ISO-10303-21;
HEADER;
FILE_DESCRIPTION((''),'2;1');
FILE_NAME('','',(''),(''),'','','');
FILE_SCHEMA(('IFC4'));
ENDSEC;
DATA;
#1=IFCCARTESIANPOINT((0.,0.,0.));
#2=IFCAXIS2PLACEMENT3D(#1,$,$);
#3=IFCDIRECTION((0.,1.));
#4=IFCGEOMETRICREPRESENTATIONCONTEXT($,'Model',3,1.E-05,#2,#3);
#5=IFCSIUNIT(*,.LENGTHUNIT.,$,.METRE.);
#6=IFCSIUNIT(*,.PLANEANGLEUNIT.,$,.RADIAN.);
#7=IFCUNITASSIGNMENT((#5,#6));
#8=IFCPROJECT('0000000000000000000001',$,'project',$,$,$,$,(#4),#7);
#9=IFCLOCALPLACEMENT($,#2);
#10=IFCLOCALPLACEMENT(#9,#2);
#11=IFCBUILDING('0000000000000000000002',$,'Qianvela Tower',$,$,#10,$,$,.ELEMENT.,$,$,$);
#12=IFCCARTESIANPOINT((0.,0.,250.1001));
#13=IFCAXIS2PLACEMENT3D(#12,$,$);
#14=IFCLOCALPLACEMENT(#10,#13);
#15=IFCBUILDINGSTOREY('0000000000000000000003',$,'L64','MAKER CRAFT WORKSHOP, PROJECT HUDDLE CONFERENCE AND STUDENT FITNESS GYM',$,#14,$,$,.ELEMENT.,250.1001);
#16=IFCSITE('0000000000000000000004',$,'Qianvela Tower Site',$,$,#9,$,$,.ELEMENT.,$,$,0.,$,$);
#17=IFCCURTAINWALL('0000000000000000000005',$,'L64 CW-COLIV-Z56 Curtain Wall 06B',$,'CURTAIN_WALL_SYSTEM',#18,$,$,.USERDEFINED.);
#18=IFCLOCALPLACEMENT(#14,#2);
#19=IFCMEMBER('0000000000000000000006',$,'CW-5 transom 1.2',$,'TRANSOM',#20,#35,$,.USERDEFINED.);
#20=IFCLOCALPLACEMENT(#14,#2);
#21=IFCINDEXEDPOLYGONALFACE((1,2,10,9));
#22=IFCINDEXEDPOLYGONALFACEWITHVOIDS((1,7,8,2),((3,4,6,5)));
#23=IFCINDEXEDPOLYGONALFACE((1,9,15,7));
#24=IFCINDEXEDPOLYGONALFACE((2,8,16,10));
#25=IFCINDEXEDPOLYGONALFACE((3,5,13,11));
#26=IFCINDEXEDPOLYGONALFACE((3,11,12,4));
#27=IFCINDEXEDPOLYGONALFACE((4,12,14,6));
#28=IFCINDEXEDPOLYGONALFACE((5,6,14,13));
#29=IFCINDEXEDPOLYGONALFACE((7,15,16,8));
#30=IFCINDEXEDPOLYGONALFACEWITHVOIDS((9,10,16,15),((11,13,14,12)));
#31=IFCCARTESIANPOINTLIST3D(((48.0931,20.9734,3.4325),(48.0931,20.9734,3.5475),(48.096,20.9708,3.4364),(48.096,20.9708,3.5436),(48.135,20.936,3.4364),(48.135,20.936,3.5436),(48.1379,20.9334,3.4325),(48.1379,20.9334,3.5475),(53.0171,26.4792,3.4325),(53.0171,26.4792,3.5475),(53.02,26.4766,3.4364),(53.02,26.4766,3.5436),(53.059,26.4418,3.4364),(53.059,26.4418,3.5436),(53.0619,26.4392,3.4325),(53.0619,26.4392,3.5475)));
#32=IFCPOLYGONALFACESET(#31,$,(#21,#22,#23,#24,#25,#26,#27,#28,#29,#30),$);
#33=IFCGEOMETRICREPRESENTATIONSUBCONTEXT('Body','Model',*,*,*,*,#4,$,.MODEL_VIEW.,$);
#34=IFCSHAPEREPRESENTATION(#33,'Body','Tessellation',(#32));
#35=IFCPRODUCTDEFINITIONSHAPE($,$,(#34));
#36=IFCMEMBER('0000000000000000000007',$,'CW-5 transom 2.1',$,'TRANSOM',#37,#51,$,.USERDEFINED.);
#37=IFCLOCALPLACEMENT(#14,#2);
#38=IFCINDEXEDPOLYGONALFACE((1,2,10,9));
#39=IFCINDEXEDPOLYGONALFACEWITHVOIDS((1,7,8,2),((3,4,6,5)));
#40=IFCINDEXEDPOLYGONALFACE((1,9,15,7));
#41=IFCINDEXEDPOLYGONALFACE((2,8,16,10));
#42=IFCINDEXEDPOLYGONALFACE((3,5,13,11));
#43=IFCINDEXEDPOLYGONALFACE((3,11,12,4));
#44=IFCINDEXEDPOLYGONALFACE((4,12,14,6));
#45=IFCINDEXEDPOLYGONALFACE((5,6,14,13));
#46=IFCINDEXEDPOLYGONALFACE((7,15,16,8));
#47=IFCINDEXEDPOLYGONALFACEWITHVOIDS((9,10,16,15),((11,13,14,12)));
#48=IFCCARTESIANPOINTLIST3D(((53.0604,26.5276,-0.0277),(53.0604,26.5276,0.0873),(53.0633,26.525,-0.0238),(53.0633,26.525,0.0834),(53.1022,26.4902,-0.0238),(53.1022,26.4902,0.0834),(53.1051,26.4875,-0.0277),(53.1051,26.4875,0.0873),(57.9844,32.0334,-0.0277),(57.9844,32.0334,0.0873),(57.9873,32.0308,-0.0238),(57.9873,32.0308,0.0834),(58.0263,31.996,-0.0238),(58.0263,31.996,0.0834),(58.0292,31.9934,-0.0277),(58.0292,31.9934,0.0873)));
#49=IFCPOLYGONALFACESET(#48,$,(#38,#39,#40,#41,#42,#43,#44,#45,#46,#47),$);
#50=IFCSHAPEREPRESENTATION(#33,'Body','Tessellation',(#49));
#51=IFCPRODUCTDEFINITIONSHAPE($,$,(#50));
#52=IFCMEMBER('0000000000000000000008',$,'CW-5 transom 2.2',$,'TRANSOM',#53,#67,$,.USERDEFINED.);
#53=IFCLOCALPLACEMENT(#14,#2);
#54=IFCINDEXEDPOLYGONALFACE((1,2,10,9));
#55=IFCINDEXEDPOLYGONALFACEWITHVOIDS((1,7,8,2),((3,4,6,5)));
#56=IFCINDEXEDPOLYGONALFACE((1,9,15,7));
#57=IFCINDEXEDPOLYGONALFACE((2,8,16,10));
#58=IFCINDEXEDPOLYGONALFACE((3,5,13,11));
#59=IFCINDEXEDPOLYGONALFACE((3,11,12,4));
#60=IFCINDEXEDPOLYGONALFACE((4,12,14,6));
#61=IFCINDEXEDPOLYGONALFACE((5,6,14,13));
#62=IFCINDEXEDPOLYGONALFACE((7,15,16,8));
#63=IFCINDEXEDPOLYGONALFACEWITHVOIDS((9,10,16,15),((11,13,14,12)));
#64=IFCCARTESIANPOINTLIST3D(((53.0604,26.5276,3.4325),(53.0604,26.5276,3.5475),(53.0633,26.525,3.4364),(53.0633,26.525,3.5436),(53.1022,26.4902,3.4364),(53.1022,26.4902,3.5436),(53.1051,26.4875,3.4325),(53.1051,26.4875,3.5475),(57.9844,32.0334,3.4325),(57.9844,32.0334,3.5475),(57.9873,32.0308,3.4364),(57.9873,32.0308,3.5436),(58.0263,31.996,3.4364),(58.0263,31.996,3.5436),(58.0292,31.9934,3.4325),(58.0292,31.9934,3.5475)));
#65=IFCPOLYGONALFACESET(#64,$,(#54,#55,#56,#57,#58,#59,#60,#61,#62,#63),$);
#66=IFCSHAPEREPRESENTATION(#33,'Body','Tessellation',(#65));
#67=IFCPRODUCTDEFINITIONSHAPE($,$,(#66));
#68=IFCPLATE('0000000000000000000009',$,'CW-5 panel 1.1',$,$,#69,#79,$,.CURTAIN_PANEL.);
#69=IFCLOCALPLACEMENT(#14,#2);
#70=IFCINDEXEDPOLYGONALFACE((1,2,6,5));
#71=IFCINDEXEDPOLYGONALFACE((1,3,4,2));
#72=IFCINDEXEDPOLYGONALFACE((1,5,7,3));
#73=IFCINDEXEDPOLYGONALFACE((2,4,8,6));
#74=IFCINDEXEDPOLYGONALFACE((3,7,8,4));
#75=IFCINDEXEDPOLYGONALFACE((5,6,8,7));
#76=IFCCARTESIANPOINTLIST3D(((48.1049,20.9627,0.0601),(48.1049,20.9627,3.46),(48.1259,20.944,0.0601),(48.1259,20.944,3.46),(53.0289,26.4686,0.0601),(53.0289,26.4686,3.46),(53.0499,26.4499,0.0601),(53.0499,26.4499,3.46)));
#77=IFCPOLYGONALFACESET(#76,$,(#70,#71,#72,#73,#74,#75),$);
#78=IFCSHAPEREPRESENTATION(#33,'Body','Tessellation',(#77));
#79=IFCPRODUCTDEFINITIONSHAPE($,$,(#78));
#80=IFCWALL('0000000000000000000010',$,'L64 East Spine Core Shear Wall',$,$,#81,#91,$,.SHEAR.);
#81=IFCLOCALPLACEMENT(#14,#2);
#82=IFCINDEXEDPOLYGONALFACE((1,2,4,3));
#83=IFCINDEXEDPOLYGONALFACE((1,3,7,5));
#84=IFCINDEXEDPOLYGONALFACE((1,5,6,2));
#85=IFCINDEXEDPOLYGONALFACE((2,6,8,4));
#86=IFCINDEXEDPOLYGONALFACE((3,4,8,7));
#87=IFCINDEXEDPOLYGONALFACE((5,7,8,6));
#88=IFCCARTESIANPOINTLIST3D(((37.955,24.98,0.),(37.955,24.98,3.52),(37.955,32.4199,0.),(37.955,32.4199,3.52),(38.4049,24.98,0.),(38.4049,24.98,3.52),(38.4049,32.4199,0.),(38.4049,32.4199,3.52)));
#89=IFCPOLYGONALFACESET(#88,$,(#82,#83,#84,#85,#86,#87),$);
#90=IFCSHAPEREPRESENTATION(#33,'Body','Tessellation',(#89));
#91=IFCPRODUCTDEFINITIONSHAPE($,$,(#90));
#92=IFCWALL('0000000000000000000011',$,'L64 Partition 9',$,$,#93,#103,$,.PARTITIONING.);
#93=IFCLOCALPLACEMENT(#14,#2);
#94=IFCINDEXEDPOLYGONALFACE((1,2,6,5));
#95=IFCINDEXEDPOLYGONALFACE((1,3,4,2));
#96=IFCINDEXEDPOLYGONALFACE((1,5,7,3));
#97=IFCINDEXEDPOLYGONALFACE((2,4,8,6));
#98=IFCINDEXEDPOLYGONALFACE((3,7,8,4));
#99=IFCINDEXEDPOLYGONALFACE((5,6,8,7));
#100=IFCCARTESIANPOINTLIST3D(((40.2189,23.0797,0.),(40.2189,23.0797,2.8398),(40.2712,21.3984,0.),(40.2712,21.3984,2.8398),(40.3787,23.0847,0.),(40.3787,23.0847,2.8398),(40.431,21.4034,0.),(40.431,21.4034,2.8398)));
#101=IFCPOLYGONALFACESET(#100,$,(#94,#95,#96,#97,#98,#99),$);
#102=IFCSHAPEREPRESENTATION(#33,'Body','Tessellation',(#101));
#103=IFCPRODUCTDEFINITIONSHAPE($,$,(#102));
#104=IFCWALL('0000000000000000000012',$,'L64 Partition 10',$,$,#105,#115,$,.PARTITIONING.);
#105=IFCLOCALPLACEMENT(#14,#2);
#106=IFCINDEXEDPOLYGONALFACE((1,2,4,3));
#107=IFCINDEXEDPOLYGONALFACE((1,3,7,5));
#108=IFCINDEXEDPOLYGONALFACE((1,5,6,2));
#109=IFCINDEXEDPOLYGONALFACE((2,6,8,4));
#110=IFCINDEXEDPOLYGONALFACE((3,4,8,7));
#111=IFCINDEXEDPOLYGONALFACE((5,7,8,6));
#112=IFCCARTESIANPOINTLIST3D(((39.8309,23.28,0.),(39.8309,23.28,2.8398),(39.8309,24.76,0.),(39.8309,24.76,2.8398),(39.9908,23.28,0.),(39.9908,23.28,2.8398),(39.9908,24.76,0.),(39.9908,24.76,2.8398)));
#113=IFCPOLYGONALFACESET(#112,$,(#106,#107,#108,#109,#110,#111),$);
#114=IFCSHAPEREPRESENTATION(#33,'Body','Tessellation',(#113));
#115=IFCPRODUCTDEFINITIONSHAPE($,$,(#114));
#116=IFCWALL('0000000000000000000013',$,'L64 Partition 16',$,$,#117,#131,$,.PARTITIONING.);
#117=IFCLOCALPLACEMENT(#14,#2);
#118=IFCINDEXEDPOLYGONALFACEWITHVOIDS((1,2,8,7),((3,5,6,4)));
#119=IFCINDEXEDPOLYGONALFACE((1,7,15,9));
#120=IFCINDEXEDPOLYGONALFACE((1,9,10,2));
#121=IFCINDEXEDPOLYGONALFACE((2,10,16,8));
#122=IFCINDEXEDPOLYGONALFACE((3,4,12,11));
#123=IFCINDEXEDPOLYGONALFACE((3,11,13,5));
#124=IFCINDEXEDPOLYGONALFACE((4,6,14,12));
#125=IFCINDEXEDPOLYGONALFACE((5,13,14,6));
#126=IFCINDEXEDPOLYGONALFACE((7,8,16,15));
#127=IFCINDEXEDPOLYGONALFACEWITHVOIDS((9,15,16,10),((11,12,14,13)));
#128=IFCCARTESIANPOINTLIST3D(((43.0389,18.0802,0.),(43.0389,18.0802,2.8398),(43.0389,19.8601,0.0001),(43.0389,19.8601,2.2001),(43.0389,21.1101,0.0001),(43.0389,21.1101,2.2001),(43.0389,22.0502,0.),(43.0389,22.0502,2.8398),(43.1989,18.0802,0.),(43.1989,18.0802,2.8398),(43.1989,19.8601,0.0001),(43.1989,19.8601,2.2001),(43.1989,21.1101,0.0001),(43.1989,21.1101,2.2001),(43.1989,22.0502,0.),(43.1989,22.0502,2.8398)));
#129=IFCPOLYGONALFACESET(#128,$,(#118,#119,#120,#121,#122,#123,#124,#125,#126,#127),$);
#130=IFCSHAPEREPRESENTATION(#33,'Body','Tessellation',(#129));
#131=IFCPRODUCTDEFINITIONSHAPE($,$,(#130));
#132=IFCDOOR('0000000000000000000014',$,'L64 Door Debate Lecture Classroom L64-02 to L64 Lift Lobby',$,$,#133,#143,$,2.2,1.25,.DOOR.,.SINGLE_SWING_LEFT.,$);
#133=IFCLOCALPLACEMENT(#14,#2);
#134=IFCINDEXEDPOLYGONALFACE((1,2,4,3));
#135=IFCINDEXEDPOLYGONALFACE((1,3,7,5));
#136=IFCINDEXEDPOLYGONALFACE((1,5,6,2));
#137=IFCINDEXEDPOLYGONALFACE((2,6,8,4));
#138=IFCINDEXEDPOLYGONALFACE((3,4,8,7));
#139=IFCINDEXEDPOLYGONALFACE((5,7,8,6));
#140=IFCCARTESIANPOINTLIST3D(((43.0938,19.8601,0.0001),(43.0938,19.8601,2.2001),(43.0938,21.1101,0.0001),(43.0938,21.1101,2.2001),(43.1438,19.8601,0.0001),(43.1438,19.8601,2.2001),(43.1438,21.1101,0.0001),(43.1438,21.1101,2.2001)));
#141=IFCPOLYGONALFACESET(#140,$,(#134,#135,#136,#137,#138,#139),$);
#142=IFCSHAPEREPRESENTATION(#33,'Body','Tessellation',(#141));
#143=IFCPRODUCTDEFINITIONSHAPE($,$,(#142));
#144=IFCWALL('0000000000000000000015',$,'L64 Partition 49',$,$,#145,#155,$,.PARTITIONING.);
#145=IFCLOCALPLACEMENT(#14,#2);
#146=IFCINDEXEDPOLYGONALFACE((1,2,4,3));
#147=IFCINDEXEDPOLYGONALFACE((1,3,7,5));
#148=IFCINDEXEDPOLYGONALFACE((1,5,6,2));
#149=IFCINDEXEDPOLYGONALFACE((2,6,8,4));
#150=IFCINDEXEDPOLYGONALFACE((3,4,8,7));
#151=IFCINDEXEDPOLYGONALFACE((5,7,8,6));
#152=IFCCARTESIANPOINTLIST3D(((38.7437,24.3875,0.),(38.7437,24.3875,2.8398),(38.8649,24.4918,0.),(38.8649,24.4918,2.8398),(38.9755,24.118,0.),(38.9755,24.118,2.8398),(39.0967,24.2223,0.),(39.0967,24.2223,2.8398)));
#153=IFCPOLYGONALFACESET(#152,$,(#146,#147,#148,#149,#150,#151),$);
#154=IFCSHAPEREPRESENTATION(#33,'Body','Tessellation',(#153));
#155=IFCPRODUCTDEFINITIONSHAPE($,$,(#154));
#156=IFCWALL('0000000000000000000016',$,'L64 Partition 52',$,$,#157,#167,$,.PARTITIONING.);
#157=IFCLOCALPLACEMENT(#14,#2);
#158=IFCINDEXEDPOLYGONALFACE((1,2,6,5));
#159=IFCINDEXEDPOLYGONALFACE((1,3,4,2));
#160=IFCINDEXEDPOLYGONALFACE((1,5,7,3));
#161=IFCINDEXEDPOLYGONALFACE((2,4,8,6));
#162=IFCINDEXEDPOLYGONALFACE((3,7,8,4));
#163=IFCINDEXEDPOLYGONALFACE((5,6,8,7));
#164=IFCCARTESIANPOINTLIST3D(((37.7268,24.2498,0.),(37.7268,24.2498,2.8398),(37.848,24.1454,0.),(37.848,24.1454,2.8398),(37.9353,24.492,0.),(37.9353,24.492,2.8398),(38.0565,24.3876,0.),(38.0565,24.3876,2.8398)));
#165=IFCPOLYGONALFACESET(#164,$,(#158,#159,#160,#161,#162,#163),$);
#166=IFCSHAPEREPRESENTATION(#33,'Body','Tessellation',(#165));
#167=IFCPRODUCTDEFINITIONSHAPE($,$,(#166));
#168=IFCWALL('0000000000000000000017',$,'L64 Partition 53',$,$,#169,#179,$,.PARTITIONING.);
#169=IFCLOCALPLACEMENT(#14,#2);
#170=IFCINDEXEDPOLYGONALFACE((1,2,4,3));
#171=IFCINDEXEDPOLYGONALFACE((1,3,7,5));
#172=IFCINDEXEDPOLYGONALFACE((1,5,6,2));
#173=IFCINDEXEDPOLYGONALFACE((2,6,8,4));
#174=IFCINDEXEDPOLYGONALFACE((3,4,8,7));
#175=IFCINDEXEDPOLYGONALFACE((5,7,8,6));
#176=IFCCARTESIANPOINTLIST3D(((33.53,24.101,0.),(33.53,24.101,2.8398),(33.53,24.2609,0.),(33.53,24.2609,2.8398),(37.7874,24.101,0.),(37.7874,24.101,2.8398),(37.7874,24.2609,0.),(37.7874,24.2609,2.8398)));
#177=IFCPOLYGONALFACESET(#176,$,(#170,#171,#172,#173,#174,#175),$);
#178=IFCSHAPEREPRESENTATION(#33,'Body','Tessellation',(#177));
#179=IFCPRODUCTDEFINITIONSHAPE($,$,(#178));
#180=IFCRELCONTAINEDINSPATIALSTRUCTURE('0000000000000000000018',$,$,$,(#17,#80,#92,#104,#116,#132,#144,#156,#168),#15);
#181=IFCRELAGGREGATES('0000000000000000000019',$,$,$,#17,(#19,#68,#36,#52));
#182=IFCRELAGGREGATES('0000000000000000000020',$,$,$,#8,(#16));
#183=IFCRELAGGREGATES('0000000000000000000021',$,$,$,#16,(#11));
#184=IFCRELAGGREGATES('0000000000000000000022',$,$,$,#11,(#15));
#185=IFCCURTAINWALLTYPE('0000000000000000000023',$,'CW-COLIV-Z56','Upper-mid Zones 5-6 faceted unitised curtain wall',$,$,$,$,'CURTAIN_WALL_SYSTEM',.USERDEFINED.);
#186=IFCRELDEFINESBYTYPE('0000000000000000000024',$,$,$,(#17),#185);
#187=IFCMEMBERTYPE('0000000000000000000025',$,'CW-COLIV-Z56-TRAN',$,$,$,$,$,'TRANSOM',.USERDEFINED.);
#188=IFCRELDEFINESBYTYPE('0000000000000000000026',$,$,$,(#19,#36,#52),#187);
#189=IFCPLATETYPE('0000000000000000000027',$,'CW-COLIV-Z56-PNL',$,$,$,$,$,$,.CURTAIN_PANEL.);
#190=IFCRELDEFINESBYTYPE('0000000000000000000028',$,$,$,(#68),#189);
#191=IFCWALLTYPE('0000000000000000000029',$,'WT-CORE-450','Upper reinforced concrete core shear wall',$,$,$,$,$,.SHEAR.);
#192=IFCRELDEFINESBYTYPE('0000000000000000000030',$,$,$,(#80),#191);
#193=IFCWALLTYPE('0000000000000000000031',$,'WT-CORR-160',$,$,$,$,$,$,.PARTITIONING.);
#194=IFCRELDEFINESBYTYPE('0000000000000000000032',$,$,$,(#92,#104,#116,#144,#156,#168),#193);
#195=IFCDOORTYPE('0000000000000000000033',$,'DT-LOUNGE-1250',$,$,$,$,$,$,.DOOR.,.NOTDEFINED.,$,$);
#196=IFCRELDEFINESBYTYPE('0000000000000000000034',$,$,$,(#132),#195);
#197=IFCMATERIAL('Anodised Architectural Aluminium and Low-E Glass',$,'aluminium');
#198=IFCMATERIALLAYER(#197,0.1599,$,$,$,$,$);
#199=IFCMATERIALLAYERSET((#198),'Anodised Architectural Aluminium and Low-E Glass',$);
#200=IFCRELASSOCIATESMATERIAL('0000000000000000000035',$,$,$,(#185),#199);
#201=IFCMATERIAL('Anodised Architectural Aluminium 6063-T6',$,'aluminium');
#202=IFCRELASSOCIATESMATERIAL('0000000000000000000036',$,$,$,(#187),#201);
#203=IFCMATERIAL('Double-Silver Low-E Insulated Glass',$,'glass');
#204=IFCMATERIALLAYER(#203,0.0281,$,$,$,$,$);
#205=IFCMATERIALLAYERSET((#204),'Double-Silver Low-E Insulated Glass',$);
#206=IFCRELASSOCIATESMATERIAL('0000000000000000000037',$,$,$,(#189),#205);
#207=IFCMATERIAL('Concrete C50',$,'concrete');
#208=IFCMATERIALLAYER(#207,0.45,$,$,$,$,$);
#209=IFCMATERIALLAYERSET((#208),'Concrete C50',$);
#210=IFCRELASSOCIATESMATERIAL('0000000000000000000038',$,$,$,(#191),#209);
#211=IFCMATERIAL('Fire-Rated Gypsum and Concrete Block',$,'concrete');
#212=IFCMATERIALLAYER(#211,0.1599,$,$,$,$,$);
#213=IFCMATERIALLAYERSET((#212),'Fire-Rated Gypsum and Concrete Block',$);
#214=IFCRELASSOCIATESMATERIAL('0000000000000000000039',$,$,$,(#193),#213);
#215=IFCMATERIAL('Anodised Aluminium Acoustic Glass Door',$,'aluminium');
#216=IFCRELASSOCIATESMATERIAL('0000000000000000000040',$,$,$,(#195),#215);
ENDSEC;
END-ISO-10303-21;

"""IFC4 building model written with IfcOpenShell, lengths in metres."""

from ifc_helpers import new_model, si_unit, direction, frame, frame_2d, origin, origin_2d, place, context, subcontext, project, spatial, rectangle, hollow_rectangle, extrude, material, layer, layer_set, material_profile, profile_set, type_object, element, fill, aggregate, save


model = new_model("IFC4")

# Units and contexts
model_context = context("Model", 3, precision=1e-05, world=origin(), true_north=direction((0.0, 1.0)))
body_context = subcontext(model_context, "Body", "Model", "MODEL_VIEW")
ifc_project = project(units=[si_unit("LENGTHUNIT", "METRE"), si_unit("PLANEANGLEUNIT", "RADIAN")], contexts=[model_context])

# Site, building, storey
site_placement = place(None, origin())
site = spatial("IfcSite", under=ifc_project, at=site_placement, Name="Qianvela Tower Site", CompositionType="ELEMENT", RefElevation=0.0)
building_placement = place(site_placement, origin())
building = spatial("IfcBuilding", under=site, at=building_placement, Name="Qianvela Tower", CompositionType="ELEMENT")
storey_placement = place(building_placement, frame((0.0, 0.0, 250.1001)))
storey = spatial("IfcBuildingStorey", under=building, at=storey_placement, Name="L64", Description="MAKER CRAFT WORKSHOP, PROJECT HUDDLE CONFERENCE AND STUDENT FITNESS GYM", CompositionType="ELEMENT", Elevation=250.1001)

# Curtain wall, members, plate
ifc_material_1 = material(Name="Anodised Architectural Aluminium and Low-E Glass", Category="aluminium")
ifc_layer_1 = layer(ifc_material_1, 0.1599)
ifc_layer_set_1 = layer_set([ifc_layer_1], Name="Anodised Architectural Aluminium and Low-E Glass")
curtain_wall_type_1 = type_object("IfcCurtainWallType", Name="CW-COLIV-Z56", Description="Upper-mid Zones 5-6 faceted unitised curtain wall", ElementType="CURTAIN_WALL_SYSTEM", PredefinedType="USERDEFINED", material=ifc_layer_set_1)
curtain_wall_1_placement = place(storey_placement, origin())
curtain_wall_1 = element("IfcCurtainWall", 1, at=curtain_wall_1_placement, inside=storey, type_object=curtain_wall_type_1, Name="L64 CW-COLIV-Z56 Curtain Wall 06B", ObjectType="CURTAIN_WALL_SYSTEM", PredefinedType="USERDEFINED")
ifc_material_2 = material(Name="Anodised Architectural Aluminium 6063-T6", Category="aluminium")
ifc_material_profile_1 = material_profile(ifc_material_2, hollow_rectangle(XDim=0.0601, YDim=0.115, WallThickness=0.0039, at=origin_2d()), Name="ALU-TRAN-60x115")
ifc_profile_set_1 = profile_set([ifc_material_profile_1], Name="Anodised Architectural Aluminium 6063-T6")
member_type_1 = type_object("IfcMemberType", Name="CW-COLIV-Z56-TRAN", ElementType="TRANSOM", PredefinedType="USERDEFINED", material=ifc_profile_set_1)
member_1_placement = place(storey_placement, frame((48.1155, 20.9534, 3.49), z_axis=(0.666628, 0.745391, 0.0), x_axis=(-0.745391, 0.666628, 0.0)))
member_1 = element("IfcMember", 2, at=member_1_placement, type_object=member_type_1, Name="CW-5 transom 1.2", ObjectType="TRANSOM", PredefinedType="USERDEFINED", context=body_context, shape_type="SweptSolid", body=[
    extrude(hollow_rectangle(XDim=0.0601, YDim=0.115, WallThickness=0.0039, at=origin_2d()), origin(), (0.0, 0.0, 1.0), 7.3865),
])
member_2_placement = place(storey_placement, frame((53.0828, 26.5076, 0.0298), z_axis=(0.666628, 0.745391, 0.0), x_axis=(-0.745391, 0.666628, 0.0)))
member_2 = element("IfcMember", 3, at=member_2_placement, type_object=member_type_1, Name="CW-5 transom 2.1", ObjectType="TRANSOM", PredefinedType="USERDEFINED", context=body_context, shape_type="SweptSolid", body=[
    extrude(hollow_rectangle(XDim=0.0601, YDim=0.115, WallThickness=0.0039, at=origin_2d()), origin(), (0.0, 0.0, 1.0), 7.3865),
])
member_3_placement = place(storey_placement, frame((53.0828, 26.5076, 3.49), z_axis=(0.666628, 0.745391, 0.0), x_axis=(-0.745391, 0.666628, 0.0)))
member_3 = element("IfcMember", 4, at=member_3_placement, type_object=member_type_1, Name="CW-5 transom 2.2", ObjectType="TRANSOM", PredefinedType="USERDEFINED", context=body_context, shape_type="SweptSolid", body=[
    extrude(hollow_rectangle(XDim=0.0601, YDim=0.115, WallThickness=0.0039, at=origin_2d()), origin(), (0.0, 0.0, 1.0), 7.3865),
])
ifc_material_3 = material(Name="Double-Silver Low-E Insulated Glass", Category="glass")
ifc_layer_2 = layer(ifc_material_3, 0.0281)
ifc_layer_set_2 = layer_set([ifc_layer_2], Name="Double-Silver Low-E Insulated Glass")
plate_type = type_object("IfcPlateType", Name="CW-COLIV-Z56-PNL", PredefinedType="CURTAIN_PANEL", material=ifc_layer_set_2)
plate_placement = place(storey_placement, frame((50.5774, 23.7063, 0.0601), z_axis=(0.0, 0.0, 1.0), x_axis=(0.666625, 0.745394, 0.0)))
plate = element("IfcPlate", 5, at=plate_placement, type_object=plate_type, Name="CW-5 panel 1.1", PredefinedType="CURTAIN_PANEL", context=body_context, shape_type="SweptSolid", body=[
    extrude(rectangle(XDim=7.3865, YDim=0.0281, at=origin_2d()), origin(), (0.0, 0.0, 1.0), 3.3999),
])
aggregate(curtain_wall_1, [member_1, plate, member_2, member_3])

# Walls
ifc_material_4 = material(Name="Concrete C50", Category="concrete")
ifc_layer_3 = layer(ifc_material_4, 0.45)
ifc_layer_set_3 = layer_set([ifc_layer_3], Name="Concrete C50")
wall_type_1 = type_object("IfcWallType", Name="WT-CORE-450", Description="Upper reinforced concrete core shear wall", PredefinedType="SHEAR", material=ifc_layer_set_3)
wall_1_placement = place(storey_placement, frame((38.1799, 24.98, 0.0), z_axis=(0.0, 0.0, 1.0), x_axis=(0.0, 1.0, 0.0)))
element("IfcWall", 6, at=wall_1_placement, inside=storey, type_object=wall_type_1, Name="L64 East Spine Core Shear Wall", PredefinedType="SHEAR", context=body_context, shape_type="SweptSolid", body=[
    extrude(rectangle(XDim=7.4399, YDim=0.45, at=frame_2d((3.72, 0.0))), origin(), (0.0, 0.0, 1.0), 3.52),
])
ifc_material_5 = material(Name="Fire-Rated Gypsum and Concrete Block", Category="concrete")
ifc_layer_4 = layer(ifc_material_5, 0.1599)
ifc_layer_set_4 = layer_set([ifc_layer_4], Name="Fire-Rated Gypsum and Concrete Block")
wall_type_2 = type_object("IfcWallType", Name="WT-CORR-160", PredefinedType="PARTITIONING", material=ifc_layer_set_4)
wall_2_placement = place(storey_placement, frame((40.3511, 21.4009, 0.0), z_axis=(0.0, 0.0, 1.0), x_axis=(-0.031058, 0.999518, 0.0)))
element("IfcWall", 7, at=wall_2_placement, inside=storey, type_object=wall_type_2, Name="L64 Partition 9", PredefinedType="PARTITIONING", context=body_context, shape_type="SweptSolid", body=[
    extrude(rectangle(XDim=1.6821, YDim=0.1599, at=frame_2d((0.8411, 0.0))), origin(), (0.0, 0.0, 1.0), 2.8398),
])
wall_3_placement = place(storey_placement, frame((39.9109, 23.28, 0.0), z_axis=(0.0, 0.0, 1.0), x_axis=(0.0, 1.0, 0.0)))
element("IfcWall", 8, at=wall_3_placement, inside=storey, type_object=wall_type_2, Name="L64 Partition 10", PredefinedType="PARTITIONING", context=body_context, shape_type="SweptSolid", body=[
    extrude(rectangle(XDim=1.48, YDim=0.1599, at=frame_2d((0.74, 0.0))), origin(), (0.0, 0.0, 1.0), 2.8398),
])

# Wall, opening, door
wall_4_placement = place(storey_placement, frame((43.1189, 22.05, 0.0), z_axis=(0.0, 0.0, 1.0), x_axis=(0.0, -1.0, 0.0)))
wall_4 = element("IfcWall", 9, at=wall_4_placement, inside=storey, type_object=wall_type_2, Name="L64 Partition 16", PredefinedType="PARTITIONING", context=body_context, shape_type="SweptSolid", body=[
    extrude(rectangle(XDim=3.97, YDim=0.1599, at=frame_2d((1.9849, 0.0))), origin(), (0.0, 0.0, 1.0), 2.8398),
])
opening_1_placement = place(wall_4_placement, frame((0.9399, 0.0, 0.0)))
opening_1 = element("IfcOpeningElement", 10, at=opening_1_placement, cuts=wall_4, PredefinedType="OPENING", context=body_context, shape_type="SweptSolid", body=[
    extrude(rectangle(XDim=1.25, YDim=2.2, at=frame_2d((0.625, 1.1001))), frame((0.0, 0.0898, 0.0), z_axis=(0.0, -1.0, 0.0), x_axis=(1.0, 0.0, 0.0)), (0.0, 0.0, 1.0), 0.1799),
])
ifc_material_6 = material(Name="Anodised Aluminium Acoustic Glass Door", Category="aluminium")
door_type_1 = type_object("IfcDoorType", Name="DT-LOUNGE-1250", OperationType="NOTDEFINED", PredefinedType="DOOR", material=ifc_material_6)
door_1_placement = place(opening_1_placement, origin())
door_1 = element("IfcDoor", 11, at=door_1_placement, inside=storey, type_object=door_type_1, Name="L64 Door Debate Lecture Classroom L64-02 to L64 Lift Lobby", OperationType="SINGLE_SWING_LEFT", OverallHeight=2.2, OverallWidth=1.25, PredefinedType="DOOR", context=body_context, shape_type="SweptSolid", body=[
    extrude(rectangle(XDim=1.25, YDim=2.2, at=frame_2d((0.625, 1.1001))), frame((0.0, 0.0249, 0.0), z_axis=(0.0, -1.0, 0.0), x_axis=(1.0, 0.0, 0.0)), (0.0, 0.0, 1.0), 0.05),
])
fill(opening_1, door_1)

# Walls
wall_5_placement = place(storey_placement, frame((39.0361, 24.1702, 0.0), z_axis=(0.0, 0.0, 1.0), x_axis=(-0.65226, 0.757995, 0.0)))
element("IfcWall", 12, at=wall_5_placement, inside=storey, type_object=wall_type_2, Name="L64 Partition 49", PredefinedType="PARTITIONING", context=body_context, shape_type="SweptSolid", body=[
    extrude(rectangle(XDim=0.3555, YDim=0.1599, at=frame_2d((0.1777, 0.0))), origin(), (0.0, 0.0, 1.0), 2.8398),
])
wall_6_placement = place(storey_placement, frame((37.9958, 24.4397, 0.0), z_axis=(0.0, 0.0, 1.0), x_axis=(-0.652426, -0.757853, 0.0)))
element("IfcWall", 13, at=wall_6_placement, inside=storey, type_object=wall_type_2, Name="L64 Partition 52", PredefinedType="PARTITIONING", context=body_context, shape_type="SweptSolid", body=[
    extrude(rectangle(XDim=0.3196, YDim=0.1599, at=frame_2d((0.1597, 0.0))), origin(), (0.0, 0.0, 1.0), 2.8398),
])
wall_7_placement = place(storey_placement, frame((37.7874, 24.1809, 0.0), z_axis=(0.0, 0.0, 1.0), x_axis=(-1.0, 0.0, 0.0)))
element("IfcWall", 14, at=wall_7_placement, inside=storey, type_object=wall_type_2, Name="L64 Partition 53", PredefinedType="PARTITIONING", context=body_context, shape_type="SweptSolid", body=[
    extrude(rectangle(XDim=4.2573, YDim=0.1599, at=frame_2d((2.1287, 0.0))), origin(), (0.0, 0.0, 1.0), 2.8398),
])

save(model, "model.ifc")
